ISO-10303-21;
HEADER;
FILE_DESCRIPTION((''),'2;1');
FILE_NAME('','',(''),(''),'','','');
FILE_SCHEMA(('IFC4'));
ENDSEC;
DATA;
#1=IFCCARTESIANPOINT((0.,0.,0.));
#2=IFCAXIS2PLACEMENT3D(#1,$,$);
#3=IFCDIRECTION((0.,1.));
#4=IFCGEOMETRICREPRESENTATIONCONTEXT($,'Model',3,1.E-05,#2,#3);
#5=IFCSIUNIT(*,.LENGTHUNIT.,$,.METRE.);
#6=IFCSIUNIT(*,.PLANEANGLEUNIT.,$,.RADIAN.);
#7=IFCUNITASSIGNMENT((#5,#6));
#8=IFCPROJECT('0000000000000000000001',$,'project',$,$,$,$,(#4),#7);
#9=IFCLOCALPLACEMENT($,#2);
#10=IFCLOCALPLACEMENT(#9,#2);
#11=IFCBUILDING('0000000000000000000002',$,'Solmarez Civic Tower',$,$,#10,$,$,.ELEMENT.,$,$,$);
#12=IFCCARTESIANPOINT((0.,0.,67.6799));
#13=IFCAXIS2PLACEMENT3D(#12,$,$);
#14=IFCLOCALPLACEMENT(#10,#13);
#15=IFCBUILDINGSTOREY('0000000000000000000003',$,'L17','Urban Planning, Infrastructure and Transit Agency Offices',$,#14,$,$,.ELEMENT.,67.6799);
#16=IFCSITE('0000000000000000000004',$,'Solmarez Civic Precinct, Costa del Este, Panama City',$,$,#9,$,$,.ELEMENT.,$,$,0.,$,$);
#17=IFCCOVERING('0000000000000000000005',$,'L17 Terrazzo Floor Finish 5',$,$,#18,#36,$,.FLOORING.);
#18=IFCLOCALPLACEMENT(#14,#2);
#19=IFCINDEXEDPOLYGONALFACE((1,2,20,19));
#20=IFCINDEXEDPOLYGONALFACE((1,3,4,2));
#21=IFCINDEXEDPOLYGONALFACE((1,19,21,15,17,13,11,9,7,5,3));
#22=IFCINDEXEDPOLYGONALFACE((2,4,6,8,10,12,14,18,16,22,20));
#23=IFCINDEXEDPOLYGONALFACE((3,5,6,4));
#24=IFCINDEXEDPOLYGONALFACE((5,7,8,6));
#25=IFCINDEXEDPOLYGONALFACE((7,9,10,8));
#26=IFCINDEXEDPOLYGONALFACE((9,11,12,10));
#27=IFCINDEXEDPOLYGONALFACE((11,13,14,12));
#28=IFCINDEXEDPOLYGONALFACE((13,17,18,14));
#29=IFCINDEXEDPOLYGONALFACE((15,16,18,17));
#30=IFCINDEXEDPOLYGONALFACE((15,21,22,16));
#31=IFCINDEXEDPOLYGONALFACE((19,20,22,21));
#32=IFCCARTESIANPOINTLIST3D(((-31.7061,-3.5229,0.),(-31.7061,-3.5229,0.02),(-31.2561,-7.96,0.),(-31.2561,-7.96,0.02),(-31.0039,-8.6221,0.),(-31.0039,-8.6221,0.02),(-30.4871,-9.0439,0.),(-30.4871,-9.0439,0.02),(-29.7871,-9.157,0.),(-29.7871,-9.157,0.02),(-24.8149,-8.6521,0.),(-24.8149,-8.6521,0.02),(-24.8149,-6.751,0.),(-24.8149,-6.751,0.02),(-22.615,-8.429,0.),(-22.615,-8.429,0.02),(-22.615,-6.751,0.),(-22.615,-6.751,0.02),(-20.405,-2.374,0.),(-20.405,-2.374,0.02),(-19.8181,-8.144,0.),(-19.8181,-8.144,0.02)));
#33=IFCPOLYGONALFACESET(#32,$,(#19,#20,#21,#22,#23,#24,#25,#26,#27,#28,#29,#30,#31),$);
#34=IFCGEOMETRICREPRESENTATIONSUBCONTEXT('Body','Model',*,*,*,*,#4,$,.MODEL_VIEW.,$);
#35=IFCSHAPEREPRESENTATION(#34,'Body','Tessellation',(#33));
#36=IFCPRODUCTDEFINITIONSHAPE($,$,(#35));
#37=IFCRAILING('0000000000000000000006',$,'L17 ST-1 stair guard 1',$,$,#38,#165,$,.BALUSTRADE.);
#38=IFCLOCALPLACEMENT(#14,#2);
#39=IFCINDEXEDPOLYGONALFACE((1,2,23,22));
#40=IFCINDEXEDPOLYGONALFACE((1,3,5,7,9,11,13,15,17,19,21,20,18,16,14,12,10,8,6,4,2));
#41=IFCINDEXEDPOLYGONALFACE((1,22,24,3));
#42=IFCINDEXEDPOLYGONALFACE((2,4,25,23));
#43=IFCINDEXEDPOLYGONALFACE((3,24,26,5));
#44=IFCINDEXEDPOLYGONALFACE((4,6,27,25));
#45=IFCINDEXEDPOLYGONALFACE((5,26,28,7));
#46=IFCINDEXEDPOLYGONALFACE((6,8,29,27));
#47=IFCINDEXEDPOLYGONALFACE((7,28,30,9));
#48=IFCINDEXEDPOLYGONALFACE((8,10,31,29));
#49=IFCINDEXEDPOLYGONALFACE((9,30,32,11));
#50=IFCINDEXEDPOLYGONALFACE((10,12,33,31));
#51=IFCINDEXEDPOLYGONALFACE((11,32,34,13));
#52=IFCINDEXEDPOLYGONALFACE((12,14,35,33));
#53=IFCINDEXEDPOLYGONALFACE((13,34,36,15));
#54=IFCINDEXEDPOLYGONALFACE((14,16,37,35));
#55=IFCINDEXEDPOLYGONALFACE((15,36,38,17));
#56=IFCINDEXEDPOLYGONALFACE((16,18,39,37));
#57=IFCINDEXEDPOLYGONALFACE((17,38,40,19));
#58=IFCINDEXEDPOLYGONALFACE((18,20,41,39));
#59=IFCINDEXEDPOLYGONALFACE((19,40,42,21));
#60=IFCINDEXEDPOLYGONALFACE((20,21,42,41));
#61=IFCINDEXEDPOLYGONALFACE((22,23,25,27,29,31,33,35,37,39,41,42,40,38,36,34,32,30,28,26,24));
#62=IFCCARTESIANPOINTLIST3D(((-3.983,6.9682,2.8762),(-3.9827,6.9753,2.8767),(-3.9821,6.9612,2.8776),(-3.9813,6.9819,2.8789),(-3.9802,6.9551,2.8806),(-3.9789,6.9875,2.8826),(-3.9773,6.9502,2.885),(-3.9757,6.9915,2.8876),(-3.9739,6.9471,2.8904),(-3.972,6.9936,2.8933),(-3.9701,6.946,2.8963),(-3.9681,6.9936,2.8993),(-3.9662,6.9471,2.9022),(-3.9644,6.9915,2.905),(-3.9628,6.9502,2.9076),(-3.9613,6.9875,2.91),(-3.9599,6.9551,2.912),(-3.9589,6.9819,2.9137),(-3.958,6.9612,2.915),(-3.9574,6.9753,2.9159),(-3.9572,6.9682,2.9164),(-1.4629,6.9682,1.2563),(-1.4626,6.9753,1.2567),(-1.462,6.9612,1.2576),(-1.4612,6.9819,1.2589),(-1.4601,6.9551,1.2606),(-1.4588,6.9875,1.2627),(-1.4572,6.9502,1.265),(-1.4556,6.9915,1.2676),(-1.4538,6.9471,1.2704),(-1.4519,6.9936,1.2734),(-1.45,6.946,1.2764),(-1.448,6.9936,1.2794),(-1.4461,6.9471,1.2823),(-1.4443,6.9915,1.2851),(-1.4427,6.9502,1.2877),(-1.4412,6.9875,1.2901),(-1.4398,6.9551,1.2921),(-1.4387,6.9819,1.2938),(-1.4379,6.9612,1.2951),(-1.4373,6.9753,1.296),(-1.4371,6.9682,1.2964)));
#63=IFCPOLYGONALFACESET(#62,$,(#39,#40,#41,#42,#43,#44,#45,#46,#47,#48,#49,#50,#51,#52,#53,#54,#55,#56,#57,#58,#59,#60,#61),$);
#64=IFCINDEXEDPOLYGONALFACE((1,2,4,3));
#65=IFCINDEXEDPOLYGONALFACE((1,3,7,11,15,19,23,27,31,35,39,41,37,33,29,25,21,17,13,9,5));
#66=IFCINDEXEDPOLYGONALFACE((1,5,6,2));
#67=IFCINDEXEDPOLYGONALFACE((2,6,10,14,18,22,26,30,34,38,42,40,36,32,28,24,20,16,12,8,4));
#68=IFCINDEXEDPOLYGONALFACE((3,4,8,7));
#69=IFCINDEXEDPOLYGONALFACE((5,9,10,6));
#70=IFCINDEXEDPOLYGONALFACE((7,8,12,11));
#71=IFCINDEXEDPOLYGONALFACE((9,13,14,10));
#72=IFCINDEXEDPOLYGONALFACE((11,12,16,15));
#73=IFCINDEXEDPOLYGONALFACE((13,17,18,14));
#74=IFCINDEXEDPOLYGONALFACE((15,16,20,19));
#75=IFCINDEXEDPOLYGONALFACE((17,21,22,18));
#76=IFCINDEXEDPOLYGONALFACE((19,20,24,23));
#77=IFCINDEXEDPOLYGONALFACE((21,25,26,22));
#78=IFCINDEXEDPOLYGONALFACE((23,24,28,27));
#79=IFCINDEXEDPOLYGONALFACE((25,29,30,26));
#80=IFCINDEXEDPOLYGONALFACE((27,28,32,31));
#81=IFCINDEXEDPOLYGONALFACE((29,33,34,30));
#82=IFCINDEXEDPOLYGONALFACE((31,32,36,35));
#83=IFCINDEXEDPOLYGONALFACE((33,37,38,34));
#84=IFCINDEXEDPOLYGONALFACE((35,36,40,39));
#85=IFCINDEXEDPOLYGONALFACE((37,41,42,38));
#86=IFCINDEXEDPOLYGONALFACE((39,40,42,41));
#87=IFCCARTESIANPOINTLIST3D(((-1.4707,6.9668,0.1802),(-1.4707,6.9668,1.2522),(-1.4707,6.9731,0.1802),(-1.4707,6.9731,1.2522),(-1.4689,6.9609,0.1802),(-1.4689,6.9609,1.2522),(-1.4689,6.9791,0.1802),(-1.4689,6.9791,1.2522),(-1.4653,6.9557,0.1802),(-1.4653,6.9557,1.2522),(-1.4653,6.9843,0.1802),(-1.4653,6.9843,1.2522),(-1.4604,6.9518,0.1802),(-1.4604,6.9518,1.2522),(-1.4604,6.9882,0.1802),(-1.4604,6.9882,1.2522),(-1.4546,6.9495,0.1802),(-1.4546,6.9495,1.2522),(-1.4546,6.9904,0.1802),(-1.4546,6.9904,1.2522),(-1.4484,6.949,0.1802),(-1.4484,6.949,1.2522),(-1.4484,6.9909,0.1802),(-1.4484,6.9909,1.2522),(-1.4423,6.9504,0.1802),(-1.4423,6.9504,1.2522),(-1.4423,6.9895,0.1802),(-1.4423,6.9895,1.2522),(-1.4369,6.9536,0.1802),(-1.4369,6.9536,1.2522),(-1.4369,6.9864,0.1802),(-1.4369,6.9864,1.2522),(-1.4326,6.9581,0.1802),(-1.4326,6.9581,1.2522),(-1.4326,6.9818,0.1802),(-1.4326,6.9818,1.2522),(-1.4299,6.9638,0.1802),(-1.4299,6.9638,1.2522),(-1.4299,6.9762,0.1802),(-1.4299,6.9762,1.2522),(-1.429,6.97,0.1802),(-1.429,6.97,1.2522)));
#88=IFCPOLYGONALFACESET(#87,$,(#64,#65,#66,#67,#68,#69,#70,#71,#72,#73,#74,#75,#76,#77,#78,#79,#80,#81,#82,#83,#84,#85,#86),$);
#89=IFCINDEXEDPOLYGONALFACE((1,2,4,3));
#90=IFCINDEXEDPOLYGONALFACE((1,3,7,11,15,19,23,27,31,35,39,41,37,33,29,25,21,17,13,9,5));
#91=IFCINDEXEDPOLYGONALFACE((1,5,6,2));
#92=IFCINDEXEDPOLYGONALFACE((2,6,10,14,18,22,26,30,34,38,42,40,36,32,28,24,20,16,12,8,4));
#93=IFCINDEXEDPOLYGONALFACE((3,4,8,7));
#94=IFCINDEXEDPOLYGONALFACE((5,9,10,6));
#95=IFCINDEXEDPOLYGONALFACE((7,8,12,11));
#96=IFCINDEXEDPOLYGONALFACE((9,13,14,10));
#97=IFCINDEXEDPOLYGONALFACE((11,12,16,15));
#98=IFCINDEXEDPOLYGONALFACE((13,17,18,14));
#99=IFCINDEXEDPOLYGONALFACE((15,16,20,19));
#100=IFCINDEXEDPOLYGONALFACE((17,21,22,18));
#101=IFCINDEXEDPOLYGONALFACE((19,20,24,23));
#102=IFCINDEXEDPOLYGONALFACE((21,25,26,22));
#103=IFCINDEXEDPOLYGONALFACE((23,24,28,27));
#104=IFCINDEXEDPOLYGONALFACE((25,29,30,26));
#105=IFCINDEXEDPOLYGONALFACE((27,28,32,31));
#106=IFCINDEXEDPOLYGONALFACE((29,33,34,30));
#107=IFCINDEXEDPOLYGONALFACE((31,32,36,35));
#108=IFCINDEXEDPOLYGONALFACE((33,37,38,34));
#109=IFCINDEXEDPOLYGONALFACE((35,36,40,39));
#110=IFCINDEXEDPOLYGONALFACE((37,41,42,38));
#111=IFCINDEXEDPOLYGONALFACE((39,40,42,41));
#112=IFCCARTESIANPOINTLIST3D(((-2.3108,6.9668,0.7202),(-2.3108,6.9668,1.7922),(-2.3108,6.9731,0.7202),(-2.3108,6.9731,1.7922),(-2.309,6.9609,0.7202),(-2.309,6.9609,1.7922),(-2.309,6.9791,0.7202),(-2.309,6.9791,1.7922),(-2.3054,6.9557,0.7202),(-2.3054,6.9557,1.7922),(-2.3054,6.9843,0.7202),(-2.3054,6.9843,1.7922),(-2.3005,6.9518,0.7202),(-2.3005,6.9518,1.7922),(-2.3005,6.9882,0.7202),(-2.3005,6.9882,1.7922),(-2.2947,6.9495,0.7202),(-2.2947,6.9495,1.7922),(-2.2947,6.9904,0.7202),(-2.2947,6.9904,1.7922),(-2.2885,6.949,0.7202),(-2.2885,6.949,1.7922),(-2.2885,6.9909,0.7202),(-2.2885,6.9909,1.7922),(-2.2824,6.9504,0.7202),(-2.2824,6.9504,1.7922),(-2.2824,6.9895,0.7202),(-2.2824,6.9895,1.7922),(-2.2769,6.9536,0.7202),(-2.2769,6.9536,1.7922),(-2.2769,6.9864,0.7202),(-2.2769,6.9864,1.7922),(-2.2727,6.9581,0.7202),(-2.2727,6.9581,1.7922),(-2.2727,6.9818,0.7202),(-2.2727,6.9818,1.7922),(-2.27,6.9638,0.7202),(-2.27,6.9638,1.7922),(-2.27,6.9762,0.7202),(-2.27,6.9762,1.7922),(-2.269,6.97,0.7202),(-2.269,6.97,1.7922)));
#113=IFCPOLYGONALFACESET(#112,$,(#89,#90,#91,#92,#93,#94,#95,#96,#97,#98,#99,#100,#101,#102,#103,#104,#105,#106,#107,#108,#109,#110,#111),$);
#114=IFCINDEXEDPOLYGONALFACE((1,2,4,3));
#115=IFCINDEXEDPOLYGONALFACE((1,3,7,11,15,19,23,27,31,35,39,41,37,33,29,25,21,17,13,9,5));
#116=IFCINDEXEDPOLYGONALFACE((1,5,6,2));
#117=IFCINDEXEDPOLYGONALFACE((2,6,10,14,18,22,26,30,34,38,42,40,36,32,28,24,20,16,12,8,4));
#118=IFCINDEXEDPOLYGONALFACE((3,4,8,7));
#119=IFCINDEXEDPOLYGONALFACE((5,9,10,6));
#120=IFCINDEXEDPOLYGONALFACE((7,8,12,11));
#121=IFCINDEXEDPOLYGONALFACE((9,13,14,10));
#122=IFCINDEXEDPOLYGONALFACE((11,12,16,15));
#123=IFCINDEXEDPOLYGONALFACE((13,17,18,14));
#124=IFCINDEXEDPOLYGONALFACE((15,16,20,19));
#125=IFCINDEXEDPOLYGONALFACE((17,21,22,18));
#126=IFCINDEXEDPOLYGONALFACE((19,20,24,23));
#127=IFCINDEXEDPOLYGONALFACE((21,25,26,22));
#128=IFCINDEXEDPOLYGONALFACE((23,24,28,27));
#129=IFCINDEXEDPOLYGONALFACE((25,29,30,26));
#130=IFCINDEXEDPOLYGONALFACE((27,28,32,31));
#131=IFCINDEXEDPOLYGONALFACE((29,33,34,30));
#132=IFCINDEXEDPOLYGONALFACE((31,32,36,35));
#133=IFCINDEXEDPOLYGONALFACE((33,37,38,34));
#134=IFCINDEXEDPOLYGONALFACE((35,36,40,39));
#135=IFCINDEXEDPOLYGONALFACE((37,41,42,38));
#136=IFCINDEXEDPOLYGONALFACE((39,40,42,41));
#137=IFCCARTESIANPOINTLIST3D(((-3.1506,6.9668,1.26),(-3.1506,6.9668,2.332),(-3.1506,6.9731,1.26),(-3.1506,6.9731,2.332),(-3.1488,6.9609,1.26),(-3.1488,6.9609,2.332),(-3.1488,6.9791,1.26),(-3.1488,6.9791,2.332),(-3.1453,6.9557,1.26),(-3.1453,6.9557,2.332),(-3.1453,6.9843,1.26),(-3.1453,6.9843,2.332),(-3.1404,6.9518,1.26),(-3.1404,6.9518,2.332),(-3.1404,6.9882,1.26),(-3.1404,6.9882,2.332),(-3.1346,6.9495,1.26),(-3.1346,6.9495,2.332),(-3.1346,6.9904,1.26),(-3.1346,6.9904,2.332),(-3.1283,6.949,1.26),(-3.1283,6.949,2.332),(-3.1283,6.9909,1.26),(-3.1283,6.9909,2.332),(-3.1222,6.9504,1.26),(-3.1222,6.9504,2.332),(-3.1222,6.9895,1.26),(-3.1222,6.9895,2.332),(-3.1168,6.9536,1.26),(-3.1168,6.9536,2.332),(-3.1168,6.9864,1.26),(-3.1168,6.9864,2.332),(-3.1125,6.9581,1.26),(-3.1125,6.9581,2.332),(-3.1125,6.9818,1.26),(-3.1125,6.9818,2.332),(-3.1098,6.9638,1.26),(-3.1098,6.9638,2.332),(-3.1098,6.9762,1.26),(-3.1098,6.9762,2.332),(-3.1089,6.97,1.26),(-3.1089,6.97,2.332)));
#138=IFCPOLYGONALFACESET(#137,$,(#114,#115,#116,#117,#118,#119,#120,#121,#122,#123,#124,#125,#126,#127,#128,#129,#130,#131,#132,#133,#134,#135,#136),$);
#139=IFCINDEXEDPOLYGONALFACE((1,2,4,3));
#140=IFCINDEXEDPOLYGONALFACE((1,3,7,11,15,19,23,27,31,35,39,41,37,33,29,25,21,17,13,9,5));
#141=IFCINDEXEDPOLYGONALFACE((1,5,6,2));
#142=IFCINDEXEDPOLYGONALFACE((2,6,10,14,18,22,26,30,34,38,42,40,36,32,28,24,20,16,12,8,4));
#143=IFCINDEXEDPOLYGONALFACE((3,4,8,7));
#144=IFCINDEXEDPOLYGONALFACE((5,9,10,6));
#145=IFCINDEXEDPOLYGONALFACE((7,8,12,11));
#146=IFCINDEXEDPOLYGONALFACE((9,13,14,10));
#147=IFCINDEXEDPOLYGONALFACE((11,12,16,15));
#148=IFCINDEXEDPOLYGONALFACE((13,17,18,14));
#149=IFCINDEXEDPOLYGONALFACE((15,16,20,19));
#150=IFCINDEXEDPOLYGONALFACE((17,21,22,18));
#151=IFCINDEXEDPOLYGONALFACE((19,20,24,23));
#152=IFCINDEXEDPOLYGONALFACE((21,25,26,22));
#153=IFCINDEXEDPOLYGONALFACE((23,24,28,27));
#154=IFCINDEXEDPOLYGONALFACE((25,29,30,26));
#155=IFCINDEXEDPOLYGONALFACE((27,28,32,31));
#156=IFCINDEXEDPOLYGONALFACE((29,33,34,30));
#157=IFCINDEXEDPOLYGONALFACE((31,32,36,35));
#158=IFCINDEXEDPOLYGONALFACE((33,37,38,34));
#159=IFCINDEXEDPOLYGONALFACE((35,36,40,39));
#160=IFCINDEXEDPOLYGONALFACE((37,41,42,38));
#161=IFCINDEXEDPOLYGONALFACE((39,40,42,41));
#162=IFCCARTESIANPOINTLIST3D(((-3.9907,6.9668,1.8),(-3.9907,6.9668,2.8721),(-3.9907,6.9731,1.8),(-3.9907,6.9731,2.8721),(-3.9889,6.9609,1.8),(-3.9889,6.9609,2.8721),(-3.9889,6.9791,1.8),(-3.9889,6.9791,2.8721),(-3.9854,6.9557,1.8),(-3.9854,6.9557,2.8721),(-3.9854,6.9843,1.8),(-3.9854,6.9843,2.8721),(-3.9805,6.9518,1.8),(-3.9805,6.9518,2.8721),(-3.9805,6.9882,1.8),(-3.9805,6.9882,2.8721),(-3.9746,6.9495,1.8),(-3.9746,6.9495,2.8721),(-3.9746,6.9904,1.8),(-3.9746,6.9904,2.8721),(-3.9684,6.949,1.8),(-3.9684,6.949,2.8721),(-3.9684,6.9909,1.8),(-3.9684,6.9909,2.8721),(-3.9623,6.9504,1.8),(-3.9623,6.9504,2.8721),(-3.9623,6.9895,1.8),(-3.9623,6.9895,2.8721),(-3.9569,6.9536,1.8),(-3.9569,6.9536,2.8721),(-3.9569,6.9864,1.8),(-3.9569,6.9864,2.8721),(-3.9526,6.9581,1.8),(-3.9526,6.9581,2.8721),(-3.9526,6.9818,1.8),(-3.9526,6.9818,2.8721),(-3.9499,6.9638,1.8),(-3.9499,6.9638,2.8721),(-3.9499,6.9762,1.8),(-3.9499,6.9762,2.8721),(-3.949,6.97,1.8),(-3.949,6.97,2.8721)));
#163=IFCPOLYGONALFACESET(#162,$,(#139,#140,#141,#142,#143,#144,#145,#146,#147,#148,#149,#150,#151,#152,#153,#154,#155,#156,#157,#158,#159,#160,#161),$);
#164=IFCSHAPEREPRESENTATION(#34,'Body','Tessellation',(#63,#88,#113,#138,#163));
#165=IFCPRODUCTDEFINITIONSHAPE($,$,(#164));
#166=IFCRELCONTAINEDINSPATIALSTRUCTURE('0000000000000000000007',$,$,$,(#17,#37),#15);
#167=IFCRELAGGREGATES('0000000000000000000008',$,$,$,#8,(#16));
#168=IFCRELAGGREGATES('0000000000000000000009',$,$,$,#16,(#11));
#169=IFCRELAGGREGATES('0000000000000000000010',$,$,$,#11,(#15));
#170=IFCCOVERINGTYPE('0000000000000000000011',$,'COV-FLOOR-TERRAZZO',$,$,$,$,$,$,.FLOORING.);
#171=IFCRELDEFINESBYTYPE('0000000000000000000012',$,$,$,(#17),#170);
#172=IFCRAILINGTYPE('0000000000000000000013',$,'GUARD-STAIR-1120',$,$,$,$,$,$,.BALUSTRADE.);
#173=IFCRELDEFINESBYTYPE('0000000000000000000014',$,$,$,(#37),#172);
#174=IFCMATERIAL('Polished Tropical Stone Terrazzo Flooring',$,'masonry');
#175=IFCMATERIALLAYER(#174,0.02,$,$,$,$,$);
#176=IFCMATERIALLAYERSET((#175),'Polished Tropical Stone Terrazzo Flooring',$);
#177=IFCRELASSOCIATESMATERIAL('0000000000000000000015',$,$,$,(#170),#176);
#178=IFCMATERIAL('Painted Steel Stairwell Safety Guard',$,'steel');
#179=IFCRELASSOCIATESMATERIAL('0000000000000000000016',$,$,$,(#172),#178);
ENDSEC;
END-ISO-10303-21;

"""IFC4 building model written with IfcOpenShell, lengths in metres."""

from ifc_helpers import new_model, si_unit, direction, frame, origin, origin_2d, place, context, subcontext, project, spatial, polyline, circle, outline, extrude, material, layer, layer_set, type_object, element, save


model = new_model("IFC4")

# Units and contexts
model_context = context("Model", 3, precision=1e-05, world=origin(), true_north=direction((0.0, 1.0)))
body_context = subcontext(model_context, "Body", "Model", "MODEL_VIEW")
ifc_project = project(units=[si_unit("LENGTHUNIT", "METRE"), si_unit("PLANEANGLEUNIT", "RADIAN")], contexts=[model_context])

# Site, building, storey
site_placement = place(None, origin())
site = spatial("IfcSite", under=ifc_project, at=site_placement, Name="Solmarez Civic Precinct, Costa del Este, Panama City", CompositionType="ELEMENT", RefElevation=0.0)
building_placement = place(site_placement, origin())
building = spatial("IfcBuilding", under=site, at=building_placement, Name="Solmarez Civic Tower", CompositionType="ELEMENT")
storey_placement = place(building_placement, frame((0.0, 0.0, 67.6799)))
storey = spatial("IfcBuildingStorey", under=building, at=storey_placement, Name="L17", Description="Urban Planning, Infrastructure and Transit Agency Offices", CompositionType="ELEMENT", Elevation=67.6799)

# Covering
ifc_material_1 = material(Name="Polished Tropical Stone Terrazzo Flooring", Category="masonry")
ifc_layer_1 = layer(ifc_material_1, 0.02)
ifc_layer_set_1 = layer_set([ifc_layer_1], Name="Polished Tropical Stone Terrazzo Flooring")
covering_type_1 = type_object("IfcCoveringType", Name="COV-FLOOR-TERRAZZO", PredefinedType="FLOORING", material=ifc_layer_set_1)
covering_1_placement = place(storey_placement, origin())
element("IfcCovering", 1, at=covering_1_placement, inside=storey, type_object=covering_type_1, Name="L17 Terrazzo Floor Finish 5", PredefinedType="FLOORING", context=body_context, shape_type="SweptSolid", body=[
    extrude(outline(polyline([(-31.7061, -3.5229), (-31.2561, -7.96), (-31.0039, -8.6221), (-30.4871, -9.0439), (-29.7871, -9.157), (-24.8149, -8.6521), (-24.8149, -6.751), (-22.615, -6.751), (-22.615, -8.429), (-19.8181, -8.144), (-20.405, -2.374), (-31.7061, -3.5229)])), origin(), (0.0, 0.0, 1.0), 0.02),
])

# Railing
ifc_material_2 = material(Name="Painted Steel Stairwell Safety Guard", Category="steel")
railing_type_1 = type_object("IfcRailingType", Name="GUARD-STAIR-1120", PredefinedType="BALUSTRADE", material=ifc_material_2)
railing_1_placement = place(storey_placement, frame((-1.45, 6.97, 0.1802)))
element("IfcRailing", 2, at=railing_1_placement, inside=storey, type_object=railing_type_1, Name="L17 ST-1 stair guard 1", PredefinedType="BALUSTRADE", context=body_context, shape_type="SweptSolid", body=[
    extrude(circle(Radius=0.0239, at=origin_2d()), frame((0.0, 0.0, 1.0962), z_axis=(-0.8412, 0.0, 0.540725), x_axis=(0.0, -1.0, 0.0)), (0.0, 0.0, 1.0), 2.9958),
    extrude(circle(Radius=0.021, at=origin_2d()), origin(), (0.0, 0.0, 1.0), 1.072),
    extrude(circle(Radius=0.021, at=origin_2d()), frame((-0.8401, 0.0, 0.54)), (0.0, 0.0, 1.0), 1.072),
    extrude(circle(Radius=0.021, at=origin_2d()), frame((-1.6799, 0.0, 1.0798)), (0.0, 0.0, 1.0), 1.072),
    extrude(circle(Radius=0.021, at=origin_2d()), frame((-2.52, 0.0, 1.6199)), (0.0, 0.0, 1.0), 1.072),
])

save(model, "model.ifc")
